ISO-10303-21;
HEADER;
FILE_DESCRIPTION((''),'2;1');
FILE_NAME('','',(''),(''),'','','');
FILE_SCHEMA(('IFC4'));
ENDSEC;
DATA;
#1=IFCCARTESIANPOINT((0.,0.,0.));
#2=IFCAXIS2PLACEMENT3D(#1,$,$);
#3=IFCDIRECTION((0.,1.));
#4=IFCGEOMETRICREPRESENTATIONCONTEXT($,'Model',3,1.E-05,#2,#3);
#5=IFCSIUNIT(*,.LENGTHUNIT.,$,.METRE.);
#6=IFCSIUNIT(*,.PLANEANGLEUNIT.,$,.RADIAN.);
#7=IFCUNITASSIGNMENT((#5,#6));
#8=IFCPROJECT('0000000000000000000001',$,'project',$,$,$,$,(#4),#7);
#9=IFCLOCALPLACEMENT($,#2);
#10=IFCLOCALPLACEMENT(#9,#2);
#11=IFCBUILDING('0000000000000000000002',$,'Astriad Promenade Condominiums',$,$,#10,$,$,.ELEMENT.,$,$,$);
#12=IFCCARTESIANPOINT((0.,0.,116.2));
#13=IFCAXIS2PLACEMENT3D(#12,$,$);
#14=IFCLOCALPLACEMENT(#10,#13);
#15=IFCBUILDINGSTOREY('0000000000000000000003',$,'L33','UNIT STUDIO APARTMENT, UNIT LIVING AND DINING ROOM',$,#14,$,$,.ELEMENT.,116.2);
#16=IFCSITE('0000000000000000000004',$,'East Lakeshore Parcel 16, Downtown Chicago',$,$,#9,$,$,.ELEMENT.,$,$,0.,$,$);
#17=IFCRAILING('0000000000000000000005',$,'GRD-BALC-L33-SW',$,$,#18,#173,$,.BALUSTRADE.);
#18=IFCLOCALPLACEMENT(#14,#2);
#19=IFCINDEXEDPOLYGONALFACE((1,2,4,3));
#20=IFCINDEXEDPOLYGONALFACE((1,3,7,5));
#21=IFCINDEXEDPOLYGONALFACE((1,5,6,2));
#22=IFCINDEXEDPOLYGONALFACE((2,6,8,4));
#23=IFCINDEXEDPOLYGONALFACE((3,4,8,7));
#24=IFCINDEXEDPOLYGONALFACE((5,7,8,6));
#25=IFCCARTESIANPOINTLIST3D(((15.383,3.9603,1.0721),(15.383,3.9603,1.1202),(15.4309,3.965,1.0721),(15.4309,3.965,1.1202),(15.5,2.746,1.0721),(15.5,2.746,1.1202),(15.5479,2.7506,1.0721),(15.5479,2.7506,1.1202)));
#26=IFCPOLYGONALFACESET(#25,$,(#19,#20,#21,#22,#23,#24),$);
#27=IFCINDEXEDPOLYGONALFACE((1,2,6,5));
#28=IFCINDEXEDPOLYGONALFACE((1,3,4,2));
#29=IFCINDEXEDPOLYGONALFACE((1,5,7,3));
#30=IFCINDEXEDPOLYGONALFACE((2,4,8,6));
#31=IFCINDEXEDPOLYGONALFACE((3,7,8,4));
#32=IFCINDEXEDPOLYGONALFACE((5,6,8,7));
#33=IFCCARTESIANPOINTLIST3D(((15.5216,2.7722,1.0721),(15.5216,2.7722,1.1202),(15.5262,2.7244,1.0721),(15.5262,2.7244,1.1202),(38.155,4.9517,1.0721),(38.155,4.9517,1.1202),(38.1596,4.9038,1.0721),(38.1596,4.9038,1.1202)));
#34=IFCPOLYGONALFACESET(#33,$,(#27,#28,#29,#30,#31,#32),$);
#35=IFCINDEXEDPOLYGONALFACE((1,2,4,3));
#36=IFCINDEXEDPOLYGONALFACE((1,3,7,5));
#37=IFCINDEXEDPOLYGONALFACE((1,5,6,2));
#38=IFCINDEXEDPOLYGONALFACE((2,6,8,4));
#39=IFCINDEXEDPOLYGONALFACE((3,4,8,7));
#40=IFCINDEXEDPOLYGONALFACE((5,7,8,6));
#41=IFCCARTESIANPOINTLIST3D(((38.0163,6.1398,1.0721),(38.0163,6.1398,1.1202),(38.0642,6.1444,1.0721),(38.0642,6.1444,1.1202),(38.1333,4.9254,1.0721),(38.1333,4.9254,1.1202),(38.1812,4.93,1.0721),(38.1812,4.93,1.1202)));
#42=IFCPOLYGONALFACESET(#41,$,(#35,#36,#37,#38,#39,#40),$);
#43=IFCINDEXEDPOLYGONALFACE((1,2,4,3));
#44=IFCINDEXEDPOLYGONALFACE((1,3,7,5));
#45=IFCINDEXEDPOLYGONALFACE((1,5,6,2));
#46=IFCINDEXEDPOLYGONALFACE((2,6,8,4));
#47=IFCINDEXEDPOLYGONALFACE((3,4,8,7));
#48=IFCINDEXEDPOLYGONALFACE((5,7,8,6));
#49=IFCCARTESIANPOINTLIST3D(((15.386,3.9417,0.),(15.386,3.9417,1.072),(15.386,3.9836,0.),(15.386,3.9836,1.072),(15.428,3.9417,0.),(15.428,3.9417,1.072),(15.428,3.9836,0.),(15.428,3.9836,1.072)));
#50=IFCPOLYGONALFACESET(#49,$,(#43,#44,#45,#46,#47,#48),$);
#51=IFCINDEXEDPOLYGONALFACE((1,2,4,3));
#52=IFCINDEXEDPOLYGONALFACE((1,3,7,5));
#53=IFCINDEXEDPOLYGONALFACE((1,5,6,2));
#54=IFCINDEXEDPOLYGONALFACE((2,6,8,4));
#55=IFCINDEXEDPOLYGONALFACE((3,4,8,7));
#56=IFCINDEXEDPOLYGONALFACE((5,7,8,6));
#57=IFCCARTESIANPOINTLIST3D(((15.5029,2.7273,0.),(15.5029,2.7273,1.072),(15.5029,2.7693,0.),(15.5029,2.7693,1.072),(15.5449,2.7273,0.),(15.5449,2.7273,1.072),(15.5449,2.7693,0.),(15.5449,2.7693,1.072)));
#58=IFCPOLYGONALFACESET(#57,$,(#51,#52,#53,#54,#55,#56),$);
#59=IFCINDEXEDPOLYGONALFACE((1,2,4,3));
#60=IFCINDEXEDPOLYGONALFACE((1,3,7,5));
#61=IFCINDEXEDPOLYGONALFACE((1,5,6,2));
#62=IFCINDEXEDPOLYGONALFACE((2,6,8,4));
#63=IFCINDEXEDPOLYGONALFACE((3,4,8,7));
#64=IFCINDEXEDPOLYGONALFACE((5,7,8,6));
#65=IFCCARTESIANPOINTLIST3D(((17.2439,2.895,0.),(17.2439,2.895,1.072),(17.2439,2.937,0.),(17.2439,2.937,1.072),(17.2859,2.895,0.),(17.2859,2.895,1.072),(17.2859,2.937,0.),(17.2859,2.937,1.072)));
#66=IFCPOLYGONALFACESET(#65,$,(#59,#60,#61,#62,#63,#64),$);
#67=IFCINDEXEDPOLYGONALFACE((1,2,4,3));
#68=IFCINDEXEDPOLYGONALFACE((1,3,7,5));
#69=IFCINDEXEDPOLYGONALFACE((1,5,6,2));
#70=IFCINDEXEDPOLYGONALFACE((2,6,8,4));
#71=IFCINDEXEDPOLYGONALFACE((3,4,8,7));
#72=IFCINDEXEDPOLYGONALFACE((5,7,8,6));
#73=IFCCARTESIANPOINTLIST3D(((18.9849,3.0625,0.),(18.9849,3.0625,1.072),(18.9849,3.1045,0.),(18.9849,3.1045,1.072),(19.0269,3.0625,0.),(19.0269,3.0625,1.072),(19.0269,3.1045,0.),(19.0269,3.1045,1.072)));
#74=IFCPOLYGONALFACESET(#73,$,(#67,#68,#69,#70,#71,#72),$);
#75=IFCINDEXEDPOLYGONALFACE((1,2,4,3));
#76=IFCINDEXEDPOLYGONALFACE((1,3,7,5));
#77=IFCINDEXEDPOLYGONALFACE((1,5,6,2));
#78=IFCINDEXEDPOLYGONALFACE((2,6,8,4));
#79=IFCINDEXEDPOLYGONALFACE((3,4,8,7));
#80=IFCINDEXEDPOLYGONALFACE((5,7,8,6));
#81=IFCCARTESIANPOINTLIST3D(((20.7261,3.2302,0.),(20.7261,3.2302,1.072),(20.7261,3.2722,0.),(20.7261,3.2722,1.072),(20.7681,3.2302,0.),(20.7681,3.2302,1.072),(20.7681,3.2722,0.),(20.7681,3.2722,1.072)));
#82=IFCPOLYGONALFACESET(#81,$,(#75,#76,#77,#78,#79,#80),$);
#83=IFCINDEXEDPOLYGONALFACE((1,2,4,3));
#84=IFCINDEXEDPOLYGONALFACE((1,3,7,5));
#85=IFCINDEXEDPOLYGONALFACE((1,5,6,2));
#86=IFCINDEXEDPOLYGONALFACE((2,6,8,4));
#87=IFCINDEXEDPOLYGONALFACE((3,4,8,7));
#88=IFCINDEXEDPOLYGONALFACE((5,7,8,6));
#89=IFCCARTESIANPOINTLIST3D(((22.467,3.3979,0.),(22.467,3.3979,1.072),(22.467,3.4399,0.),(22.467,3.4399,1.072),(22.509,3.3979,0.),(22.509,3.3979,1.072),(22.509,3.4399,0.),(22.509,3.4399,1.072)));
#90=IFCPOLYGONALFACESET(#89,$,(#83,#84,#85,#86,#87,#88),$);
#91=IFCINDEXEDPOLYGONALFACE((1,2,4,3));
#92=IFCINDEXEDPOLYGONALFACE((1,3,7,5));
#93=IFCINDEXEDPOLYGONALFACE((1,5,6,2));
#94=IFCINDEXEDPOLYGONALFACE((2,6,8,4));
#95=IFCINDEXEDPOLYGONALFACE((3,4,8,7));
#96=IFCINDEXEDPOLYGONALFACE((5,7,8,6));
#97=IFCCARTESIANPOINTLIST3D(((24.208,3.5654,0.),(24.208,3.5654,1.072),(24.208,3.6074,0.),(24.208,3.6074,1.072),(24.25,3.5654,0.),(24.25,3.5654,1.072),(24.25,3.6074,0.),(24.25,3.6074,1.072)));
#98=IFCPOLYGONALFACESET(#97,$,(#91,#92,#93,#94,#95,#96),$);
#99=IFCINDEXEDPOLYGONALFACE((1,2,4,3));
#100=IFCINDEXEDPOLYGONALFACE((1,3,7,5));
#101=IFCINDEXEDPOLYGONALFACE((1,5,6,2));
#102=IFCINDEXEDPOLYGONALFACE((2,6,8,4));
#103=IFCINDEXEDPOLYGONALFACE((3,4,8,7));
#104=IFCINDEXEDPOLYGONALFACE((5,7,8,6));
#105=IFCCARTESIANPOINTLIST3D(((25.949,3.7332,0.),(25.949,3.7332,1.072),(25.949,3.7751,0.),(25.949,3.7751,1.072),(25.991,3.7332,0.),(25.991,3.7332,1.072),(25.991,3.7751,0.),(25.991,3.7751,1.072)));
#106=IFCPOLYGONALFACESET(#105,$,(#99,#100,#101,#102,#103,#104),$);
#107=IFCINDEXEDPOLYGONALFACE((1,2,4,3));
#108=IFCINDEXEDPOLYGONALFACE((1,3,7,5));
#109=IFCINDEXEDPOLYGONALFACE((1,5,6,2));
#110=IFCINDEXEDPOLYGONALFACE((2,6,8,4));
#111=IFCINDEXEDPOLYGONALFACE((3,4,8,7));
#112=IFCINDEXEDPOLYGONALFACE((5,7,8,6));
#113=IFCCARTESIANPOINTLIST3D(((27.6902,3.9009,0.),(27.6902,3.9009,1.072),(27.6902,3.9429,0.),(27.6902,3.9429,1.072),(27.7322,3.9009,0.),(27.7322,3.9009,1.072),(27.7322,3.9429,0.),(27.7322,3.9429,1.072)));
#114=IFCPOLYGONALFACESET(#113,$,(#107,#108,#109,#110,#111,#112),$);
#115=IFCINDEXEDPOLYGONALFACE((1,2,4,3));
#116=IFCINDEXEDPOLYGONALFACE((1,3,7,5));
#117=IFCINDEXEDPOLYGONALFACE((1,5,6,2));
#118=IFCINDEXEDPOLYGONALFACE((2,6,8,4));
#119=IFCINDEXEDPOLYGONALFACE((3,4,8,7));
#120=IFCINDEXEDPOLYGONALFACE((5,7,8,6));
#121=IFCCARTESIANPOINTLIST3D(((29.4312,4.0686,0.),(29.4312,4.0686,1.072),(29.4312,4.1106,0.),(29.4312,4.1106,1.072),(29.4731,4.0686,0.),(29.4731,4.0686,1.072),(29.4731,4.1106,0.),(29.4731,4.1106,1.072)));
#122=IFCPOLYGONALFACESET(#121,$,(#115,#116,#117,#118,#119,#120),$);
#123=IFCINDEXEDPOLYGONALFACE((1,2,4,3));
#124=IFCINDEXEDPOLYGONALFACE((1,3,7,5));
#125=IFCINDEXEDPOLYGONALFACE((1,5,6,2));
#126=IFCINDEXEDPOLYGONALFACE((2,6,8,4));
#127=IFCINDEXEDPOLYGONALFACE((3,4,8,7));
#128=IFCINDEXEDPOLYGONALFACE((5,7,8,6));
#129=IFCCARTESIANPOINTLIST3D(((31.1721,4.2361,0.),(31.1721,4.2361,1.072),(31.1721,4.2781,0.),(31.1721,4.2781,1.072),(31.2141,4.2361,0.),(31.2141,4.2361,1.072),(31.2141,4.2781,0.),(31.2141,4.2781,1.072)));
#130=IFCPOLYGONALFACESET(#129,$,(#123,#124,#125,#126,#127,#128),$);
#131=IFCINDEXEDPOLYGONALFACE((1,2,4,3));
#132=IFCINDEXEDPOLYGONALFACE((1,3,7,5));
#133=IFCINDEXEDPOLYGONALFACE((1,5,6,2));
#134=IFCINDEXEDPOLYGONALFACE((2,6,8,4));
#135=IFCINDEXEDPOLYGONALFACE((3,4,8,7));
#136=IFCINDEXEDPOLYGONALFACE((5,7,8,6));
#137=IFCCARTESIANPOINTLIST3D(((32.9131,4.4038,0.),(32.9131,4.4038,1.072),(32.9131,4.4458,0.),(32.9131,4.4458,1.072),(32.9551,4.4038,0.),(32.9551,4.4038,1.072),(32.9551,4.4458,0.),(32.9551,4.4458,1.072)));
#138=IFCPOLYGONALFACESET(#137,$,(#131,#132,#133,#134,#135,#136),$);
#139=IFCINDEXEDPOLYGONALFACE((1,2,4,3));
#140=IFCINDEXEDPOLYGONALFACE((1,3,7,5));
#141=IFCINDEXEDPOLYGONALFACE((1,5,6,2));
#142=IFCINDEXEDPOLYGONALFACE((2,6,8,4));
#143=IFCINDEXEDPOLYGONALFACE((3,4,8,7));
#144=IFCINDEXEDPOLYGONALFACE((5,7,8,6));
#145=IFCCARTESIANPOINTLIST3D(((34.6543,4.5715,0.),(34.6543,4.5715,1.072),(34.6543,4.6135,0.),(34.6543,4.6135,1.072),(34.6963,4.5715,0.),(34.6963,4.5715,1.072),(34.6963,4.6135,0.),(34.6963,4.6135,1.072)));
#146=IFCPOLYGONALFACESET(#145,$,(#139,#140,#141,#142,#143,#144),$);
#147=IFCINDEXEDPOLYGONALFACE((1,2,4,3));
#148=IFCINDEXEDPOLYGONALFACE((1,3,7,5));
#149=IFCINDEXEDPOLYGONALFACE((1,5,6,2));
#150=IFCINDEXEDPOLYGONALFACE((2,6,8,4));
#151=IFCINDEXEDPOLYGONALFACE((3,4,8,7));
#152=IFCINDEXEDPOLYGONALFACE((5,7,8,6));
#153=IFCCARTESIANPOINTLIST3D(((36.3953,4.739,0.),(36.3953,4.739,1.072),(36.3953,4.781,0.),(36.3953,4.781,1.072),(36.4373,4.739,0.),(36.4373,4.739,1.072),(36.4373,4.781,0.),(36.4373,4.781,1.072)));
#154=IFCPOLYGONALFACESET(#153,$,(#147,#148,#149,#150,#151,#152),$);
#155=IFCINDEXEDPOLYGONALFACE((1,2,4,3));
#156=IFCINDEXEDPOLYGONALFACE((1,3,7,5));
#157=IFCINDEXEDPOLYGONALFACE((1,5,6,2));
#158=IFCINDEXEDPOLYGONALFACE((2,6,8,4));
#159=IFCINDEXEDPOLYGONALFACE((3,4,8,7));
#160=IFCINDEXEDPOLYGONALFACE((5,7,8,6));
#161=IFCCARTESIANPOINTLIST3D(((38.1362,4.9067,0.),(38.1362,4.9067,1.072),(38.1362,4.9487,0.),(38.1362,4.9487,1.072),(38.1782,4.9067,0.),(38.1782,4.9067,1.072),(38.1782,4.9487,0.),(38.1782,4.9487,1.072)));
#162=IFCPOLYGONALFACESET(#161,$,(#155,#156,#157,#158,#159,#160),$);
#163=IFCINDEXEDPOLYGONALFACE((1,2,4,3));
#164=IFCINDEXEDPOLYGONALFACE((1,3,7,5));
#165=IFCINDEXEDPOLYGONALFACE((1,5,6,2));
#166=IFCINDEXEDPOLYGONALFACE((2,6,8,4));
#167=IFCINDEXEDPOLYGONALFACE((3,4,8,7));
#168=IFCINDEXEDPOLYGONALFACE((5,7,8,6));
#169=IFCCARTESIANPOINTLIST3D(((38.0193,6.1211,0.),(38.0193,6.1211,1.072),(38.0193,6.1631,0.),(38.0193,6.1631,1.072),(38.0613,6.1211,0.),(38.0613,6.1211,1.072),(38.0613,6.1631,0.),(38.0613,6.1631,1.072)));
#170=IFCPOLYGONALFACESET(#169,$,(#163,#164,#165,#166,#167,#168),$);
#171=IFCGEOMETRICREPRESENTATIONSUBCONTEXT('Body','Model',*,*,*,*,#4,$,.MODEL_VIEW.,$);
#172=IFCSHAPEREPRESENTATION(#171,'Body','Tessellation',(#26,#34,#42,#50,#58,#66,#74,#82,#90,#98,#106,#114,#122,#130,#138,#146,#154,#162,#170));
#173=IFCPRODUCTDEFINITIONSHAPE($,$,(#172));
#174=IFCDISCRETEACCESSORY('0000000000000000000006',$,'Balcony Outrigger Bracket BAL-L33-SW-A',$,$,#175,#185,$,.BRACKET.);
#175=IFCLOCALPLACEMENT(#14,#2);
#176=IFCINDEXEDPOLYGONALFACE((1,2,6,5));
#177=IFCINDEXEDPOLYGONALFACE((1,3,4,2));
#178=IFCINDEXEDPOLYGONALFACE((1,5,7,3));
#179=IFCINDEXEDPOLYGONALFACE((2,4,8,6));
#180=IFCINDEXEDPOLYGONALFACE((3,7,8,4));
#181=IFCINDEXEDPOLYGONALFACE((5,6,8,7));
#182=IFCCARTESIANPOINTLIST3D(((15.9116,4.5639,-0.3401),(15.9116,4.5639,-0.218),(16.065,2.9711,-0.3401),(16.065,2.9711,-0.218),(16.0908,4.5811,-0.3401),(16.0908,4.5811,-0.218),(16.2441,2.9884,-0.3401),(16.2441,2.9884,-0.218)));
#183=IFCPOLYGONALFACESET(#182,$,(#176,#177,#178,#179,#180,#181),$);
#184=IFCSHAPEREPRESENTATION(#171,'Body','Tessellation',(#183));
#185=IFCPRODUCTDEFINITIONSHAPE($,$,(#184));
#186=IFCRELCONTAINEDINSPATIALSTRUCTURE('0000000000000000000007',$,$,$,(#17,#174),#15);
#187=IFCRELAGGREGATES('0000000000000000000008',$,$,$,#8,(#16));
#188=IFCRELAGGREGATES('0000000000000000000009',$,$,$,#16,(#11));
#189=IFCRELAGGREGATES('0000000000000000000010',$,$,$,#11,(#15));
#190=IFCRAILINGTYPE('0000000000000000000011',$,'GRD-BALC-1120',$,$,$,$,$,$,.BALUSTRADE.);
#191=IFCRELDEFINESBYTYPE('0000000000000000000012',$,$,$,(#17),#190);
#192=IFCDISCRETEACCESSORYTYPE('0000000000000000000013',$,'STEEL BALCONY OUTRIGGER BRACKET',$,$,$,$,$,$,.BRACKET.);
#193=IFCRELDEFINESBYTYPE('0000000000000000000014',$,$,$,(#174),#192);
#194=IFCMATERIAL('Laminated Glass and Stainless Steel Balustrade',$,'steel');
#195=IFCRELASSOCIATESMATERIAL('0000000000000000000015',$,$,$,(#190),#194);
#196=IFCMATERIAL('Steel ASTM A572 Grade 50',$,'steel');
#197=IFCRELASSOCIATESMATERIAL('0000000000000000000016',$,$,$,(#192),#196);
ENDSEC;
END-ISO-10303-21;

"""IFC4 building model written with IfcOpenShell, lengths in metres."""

from ifc_helpers import new_model, si_unit, direction, frame, origin, origin_2d, place, context, subcontext, project, spatial, rectangle, extrude, source, transform, mapped, material, type_object, type_shapes, element, save


model = new_model("IFC4")

# Units and contexts
model_context = context("Model", 3, precision=1e-05, world=origin(), true_north=direction((0.0, 1.0)))
body_context = subcontext(model_context, "Body", "Model", "MODEL_VIEW")
ifc_project = project(units=[si_unit("LENGTHUNIT", "METRE"), si_unit("PLANEANGLEUNIT", "RADIAN")], contexts=[model_context])

# Site, building, storey
site_placement = place(None, origin())
site = spatial("IfcSite", under=ifc_project, at=site_placement, Name="East Lakeshore Parcel 16, Downtown Chicago", CompositionType="ELEMENT", RefElevation=0.0)
building_placement = place(site_placement, origin())
building = spatial("IfcBuilding", under=site, at=building_placement, Name="Astriad Promenade Condominiums", CompositionType="ELEMENT")
storey_placement = place(building_placement, frame((0.0, 0.0, 116.2)))
storey = spatial("IfcBuildingStorey", under=building, at=storey_placement, Name="L33", Description="UNIT STUDIO APARTMENT, UNIT LIVING AND DINING ROOM", CompositionType="ELEMENT", Elevation=116.2)

# Railing
ifc_material_1 = material(Name="Laminated Glass and Stainless Steel Balustrade", Category="steel")
railing_type = type_object("IfcRailingType", Name="GRD-BALC-1120", PredefinedType="BALUSTRADE", material=ifc_material_1)
shared_shape_1 = source(origin(), body_context, "Body", "SweptSolid", [
    extrude(rectangle(XDim=0.0481, YDim=0.0481, at=origin_2d()), frame((0.0, 0.0, 1.0962), z_axis=(0.095857, -0.995395, 0.0), x_axis=(0.995395, 0.095857, 0.0)), (0.0, 0.0, 1.0), 1.22),
    extrude(rectangle(XDim=0.0481, YDim=0.0481, at=origin_2d()), frame((0.1169, -1.2144, 1.0962), z_axis=(0.995396, 0.09585, 0.0), x_axis=(-0.09585, 0.995396, 0.0)), (0.0, 0.0, 1.0), 22.738),
    extrude(rectangle(XDim=0.0481, YDim=0.0481, at=origin_2d()), frame((22.7502, 0.9651, 1.0962), z_axis=(-0.095857, 0.995395, 0.0), x_axis=(-0.995395, -0.095857, 0.0)), (0.0, 0.0, 1.0), 1.22),
    extrude(rectangle(XDim=0.042, YDim=0.042, at=origin_2d()), origin(), (0.0, 0.0, 1.0), 1.072),
    extrude(rectangle(XDim=0.042, YDim=0.042, at=origin_2d()), frame((0.1169, -1.2144, 0.0)), (0.0, 0.0, 1.0), 1.072),
    extrude(rectangle(XDim=0.042, YDim=0.042, at=origin_2d()), frame((1.8579, -1.0466, 0.0)), (0.0, 0.0, 1.0), 1.072),
    extrude(rectangle(XDim=0.042, YDim=0.042, at=origin_2d()), frame((3.5989, -0.8792, 0.0)), (0.0, 0.0, 1.0), 1.072),
    extrude(rectangle(XDim=0.042, YDim=0.042, at=origin_2d()), frame((5.3401, -0.7114, 0.0)), (0.0, 0.0, 1.0), 1.072),
    extrude(rectangle(XDim=0.042, YDim=0.042, at=origin_2d()), frame((7.0811, -0.5437, 0.0)), (0.0, 0.0, 1.0), 1.072),
    extrude(rectangle(XDim=0.042, YDim=0.042, at=origin_2d()), frame((8.822, -0.3762, 0.0)), (0.0, 0.0, 1.0), 1.072),
    extrude(rectangle(XDim=0.042, YDim=0.042, at=origin_2d()), frame((10.563, -0.2085, 0.0)), (0.0, 0.0, 1.0), 1.072),
    extrude(rectangle(XDim=0.042, YDim=0.042, at=origin_2d()), frame((12.3042, -0.0408, 0.0)), (0.0, 0.0, 1.0), 1.072),
    extrude(rectangle(XDim=0.042, YDim=0.042, at=origin_2d()), frame((14.0452, 0.127, 0.0)), (0.0, 0.0, 1.0), 1.072),
    extrude(rectangle(XDim=0.042, YDim=0.042, at=origin_2d()), frame((15.7861, 0.2944, 0.0)), (0.0, 0.0, 1.0), 1.072),
    extrude(rectangle(XDim=0.042, YDim=0.042, at=origin_2d()), frame((17.5271, 0.4622, 0.0)), (0.0, 0.0, 1.0), 1.072),
    extrude(rectangle(XDim=0.042, YDim=0.042, at=origin_2d()), frame((19.2683, 0.6299, 0.0)), (0.0, 0.0, 1.0), 1.072),
    extrude(rectangle(XDim=0.042, YDim=0.042, at=origin_2d()), frame((21.0093, 0.7974, 0.0)), (0.0, 0.0, 1.0), 1.072),
    extrude(rectangle(XDim=0.042, YDim=0.042, at=origin_2d()), frame((22.7502, 0.9651, 0.0)), (0.0, 0.0, 1.0), 1.072),
    extrude(rectangle(XDim=0.042, YDim=0.042, at=origin_2d()), frame((22.6333, 2.1794, 0.0)), (0.0, 0.0, 1.0), 1.072),
])
type_shapes(railing_type, [shared_shape_1])
railing_placement = place(storey_placement, frame((15.407, 3.9626, 0.0)))
element("IfcRailing", 1, at=railing_placement, inside=storey, type_object=railing_type, Name="GRD-BALC-L33-SW", PredefinedType="BALUSTRADE", context=body_context, shape_type="MappedRepresentation", body=[
    mapped(shared_shape_1, transform((0.0, 0.0, 0.0), scale=1.0)),
])

# Discrete accessory
ifc_material_2 = material(Name="Steel ASTM A572 Grade 50", Category="steel")
discrete_accessory_type = type_object("IfcDiscreteAccessoryType", Name="STEEL BALCONY OUTRIGGER BRACKET", PredefinedType="BRACKET", material=ifc_material_2)
shared_shape_2 = source(origin(), body_context, "Body", "SweptSolid", [
    extrude(rectangle(XDim=1.6001, YDim=0.1799, at=origin_2d()), origin(), (0.0, 0.0, 1.0), 0.1221),
])
type_shapes(discrete_accessory_type, [shared_shape_2])
discrete_accessory_placement = place(storey_placement, frame((16.0779, 3.7761, -0.3401), z_axis=(0.0, 0.0, 1.0), x_axis=(0.095846, -0.995396, 0.0)))
element("IfcDiscreteAccessory", 2, at=discrete_accessory_placement, inside=storey, type_object=discrete_accessory_type, Name="Balcony Outrigger Bracket BAL-L33-SW-A", PredefinedType="BRACKET", context=body_context, shape_type="MappedRepresentation", body=[
    mapped(shared_shape_2, transform((0.0, 0.0, 0.0), scale=1.0)),
])

save(model, "model.ifc")
